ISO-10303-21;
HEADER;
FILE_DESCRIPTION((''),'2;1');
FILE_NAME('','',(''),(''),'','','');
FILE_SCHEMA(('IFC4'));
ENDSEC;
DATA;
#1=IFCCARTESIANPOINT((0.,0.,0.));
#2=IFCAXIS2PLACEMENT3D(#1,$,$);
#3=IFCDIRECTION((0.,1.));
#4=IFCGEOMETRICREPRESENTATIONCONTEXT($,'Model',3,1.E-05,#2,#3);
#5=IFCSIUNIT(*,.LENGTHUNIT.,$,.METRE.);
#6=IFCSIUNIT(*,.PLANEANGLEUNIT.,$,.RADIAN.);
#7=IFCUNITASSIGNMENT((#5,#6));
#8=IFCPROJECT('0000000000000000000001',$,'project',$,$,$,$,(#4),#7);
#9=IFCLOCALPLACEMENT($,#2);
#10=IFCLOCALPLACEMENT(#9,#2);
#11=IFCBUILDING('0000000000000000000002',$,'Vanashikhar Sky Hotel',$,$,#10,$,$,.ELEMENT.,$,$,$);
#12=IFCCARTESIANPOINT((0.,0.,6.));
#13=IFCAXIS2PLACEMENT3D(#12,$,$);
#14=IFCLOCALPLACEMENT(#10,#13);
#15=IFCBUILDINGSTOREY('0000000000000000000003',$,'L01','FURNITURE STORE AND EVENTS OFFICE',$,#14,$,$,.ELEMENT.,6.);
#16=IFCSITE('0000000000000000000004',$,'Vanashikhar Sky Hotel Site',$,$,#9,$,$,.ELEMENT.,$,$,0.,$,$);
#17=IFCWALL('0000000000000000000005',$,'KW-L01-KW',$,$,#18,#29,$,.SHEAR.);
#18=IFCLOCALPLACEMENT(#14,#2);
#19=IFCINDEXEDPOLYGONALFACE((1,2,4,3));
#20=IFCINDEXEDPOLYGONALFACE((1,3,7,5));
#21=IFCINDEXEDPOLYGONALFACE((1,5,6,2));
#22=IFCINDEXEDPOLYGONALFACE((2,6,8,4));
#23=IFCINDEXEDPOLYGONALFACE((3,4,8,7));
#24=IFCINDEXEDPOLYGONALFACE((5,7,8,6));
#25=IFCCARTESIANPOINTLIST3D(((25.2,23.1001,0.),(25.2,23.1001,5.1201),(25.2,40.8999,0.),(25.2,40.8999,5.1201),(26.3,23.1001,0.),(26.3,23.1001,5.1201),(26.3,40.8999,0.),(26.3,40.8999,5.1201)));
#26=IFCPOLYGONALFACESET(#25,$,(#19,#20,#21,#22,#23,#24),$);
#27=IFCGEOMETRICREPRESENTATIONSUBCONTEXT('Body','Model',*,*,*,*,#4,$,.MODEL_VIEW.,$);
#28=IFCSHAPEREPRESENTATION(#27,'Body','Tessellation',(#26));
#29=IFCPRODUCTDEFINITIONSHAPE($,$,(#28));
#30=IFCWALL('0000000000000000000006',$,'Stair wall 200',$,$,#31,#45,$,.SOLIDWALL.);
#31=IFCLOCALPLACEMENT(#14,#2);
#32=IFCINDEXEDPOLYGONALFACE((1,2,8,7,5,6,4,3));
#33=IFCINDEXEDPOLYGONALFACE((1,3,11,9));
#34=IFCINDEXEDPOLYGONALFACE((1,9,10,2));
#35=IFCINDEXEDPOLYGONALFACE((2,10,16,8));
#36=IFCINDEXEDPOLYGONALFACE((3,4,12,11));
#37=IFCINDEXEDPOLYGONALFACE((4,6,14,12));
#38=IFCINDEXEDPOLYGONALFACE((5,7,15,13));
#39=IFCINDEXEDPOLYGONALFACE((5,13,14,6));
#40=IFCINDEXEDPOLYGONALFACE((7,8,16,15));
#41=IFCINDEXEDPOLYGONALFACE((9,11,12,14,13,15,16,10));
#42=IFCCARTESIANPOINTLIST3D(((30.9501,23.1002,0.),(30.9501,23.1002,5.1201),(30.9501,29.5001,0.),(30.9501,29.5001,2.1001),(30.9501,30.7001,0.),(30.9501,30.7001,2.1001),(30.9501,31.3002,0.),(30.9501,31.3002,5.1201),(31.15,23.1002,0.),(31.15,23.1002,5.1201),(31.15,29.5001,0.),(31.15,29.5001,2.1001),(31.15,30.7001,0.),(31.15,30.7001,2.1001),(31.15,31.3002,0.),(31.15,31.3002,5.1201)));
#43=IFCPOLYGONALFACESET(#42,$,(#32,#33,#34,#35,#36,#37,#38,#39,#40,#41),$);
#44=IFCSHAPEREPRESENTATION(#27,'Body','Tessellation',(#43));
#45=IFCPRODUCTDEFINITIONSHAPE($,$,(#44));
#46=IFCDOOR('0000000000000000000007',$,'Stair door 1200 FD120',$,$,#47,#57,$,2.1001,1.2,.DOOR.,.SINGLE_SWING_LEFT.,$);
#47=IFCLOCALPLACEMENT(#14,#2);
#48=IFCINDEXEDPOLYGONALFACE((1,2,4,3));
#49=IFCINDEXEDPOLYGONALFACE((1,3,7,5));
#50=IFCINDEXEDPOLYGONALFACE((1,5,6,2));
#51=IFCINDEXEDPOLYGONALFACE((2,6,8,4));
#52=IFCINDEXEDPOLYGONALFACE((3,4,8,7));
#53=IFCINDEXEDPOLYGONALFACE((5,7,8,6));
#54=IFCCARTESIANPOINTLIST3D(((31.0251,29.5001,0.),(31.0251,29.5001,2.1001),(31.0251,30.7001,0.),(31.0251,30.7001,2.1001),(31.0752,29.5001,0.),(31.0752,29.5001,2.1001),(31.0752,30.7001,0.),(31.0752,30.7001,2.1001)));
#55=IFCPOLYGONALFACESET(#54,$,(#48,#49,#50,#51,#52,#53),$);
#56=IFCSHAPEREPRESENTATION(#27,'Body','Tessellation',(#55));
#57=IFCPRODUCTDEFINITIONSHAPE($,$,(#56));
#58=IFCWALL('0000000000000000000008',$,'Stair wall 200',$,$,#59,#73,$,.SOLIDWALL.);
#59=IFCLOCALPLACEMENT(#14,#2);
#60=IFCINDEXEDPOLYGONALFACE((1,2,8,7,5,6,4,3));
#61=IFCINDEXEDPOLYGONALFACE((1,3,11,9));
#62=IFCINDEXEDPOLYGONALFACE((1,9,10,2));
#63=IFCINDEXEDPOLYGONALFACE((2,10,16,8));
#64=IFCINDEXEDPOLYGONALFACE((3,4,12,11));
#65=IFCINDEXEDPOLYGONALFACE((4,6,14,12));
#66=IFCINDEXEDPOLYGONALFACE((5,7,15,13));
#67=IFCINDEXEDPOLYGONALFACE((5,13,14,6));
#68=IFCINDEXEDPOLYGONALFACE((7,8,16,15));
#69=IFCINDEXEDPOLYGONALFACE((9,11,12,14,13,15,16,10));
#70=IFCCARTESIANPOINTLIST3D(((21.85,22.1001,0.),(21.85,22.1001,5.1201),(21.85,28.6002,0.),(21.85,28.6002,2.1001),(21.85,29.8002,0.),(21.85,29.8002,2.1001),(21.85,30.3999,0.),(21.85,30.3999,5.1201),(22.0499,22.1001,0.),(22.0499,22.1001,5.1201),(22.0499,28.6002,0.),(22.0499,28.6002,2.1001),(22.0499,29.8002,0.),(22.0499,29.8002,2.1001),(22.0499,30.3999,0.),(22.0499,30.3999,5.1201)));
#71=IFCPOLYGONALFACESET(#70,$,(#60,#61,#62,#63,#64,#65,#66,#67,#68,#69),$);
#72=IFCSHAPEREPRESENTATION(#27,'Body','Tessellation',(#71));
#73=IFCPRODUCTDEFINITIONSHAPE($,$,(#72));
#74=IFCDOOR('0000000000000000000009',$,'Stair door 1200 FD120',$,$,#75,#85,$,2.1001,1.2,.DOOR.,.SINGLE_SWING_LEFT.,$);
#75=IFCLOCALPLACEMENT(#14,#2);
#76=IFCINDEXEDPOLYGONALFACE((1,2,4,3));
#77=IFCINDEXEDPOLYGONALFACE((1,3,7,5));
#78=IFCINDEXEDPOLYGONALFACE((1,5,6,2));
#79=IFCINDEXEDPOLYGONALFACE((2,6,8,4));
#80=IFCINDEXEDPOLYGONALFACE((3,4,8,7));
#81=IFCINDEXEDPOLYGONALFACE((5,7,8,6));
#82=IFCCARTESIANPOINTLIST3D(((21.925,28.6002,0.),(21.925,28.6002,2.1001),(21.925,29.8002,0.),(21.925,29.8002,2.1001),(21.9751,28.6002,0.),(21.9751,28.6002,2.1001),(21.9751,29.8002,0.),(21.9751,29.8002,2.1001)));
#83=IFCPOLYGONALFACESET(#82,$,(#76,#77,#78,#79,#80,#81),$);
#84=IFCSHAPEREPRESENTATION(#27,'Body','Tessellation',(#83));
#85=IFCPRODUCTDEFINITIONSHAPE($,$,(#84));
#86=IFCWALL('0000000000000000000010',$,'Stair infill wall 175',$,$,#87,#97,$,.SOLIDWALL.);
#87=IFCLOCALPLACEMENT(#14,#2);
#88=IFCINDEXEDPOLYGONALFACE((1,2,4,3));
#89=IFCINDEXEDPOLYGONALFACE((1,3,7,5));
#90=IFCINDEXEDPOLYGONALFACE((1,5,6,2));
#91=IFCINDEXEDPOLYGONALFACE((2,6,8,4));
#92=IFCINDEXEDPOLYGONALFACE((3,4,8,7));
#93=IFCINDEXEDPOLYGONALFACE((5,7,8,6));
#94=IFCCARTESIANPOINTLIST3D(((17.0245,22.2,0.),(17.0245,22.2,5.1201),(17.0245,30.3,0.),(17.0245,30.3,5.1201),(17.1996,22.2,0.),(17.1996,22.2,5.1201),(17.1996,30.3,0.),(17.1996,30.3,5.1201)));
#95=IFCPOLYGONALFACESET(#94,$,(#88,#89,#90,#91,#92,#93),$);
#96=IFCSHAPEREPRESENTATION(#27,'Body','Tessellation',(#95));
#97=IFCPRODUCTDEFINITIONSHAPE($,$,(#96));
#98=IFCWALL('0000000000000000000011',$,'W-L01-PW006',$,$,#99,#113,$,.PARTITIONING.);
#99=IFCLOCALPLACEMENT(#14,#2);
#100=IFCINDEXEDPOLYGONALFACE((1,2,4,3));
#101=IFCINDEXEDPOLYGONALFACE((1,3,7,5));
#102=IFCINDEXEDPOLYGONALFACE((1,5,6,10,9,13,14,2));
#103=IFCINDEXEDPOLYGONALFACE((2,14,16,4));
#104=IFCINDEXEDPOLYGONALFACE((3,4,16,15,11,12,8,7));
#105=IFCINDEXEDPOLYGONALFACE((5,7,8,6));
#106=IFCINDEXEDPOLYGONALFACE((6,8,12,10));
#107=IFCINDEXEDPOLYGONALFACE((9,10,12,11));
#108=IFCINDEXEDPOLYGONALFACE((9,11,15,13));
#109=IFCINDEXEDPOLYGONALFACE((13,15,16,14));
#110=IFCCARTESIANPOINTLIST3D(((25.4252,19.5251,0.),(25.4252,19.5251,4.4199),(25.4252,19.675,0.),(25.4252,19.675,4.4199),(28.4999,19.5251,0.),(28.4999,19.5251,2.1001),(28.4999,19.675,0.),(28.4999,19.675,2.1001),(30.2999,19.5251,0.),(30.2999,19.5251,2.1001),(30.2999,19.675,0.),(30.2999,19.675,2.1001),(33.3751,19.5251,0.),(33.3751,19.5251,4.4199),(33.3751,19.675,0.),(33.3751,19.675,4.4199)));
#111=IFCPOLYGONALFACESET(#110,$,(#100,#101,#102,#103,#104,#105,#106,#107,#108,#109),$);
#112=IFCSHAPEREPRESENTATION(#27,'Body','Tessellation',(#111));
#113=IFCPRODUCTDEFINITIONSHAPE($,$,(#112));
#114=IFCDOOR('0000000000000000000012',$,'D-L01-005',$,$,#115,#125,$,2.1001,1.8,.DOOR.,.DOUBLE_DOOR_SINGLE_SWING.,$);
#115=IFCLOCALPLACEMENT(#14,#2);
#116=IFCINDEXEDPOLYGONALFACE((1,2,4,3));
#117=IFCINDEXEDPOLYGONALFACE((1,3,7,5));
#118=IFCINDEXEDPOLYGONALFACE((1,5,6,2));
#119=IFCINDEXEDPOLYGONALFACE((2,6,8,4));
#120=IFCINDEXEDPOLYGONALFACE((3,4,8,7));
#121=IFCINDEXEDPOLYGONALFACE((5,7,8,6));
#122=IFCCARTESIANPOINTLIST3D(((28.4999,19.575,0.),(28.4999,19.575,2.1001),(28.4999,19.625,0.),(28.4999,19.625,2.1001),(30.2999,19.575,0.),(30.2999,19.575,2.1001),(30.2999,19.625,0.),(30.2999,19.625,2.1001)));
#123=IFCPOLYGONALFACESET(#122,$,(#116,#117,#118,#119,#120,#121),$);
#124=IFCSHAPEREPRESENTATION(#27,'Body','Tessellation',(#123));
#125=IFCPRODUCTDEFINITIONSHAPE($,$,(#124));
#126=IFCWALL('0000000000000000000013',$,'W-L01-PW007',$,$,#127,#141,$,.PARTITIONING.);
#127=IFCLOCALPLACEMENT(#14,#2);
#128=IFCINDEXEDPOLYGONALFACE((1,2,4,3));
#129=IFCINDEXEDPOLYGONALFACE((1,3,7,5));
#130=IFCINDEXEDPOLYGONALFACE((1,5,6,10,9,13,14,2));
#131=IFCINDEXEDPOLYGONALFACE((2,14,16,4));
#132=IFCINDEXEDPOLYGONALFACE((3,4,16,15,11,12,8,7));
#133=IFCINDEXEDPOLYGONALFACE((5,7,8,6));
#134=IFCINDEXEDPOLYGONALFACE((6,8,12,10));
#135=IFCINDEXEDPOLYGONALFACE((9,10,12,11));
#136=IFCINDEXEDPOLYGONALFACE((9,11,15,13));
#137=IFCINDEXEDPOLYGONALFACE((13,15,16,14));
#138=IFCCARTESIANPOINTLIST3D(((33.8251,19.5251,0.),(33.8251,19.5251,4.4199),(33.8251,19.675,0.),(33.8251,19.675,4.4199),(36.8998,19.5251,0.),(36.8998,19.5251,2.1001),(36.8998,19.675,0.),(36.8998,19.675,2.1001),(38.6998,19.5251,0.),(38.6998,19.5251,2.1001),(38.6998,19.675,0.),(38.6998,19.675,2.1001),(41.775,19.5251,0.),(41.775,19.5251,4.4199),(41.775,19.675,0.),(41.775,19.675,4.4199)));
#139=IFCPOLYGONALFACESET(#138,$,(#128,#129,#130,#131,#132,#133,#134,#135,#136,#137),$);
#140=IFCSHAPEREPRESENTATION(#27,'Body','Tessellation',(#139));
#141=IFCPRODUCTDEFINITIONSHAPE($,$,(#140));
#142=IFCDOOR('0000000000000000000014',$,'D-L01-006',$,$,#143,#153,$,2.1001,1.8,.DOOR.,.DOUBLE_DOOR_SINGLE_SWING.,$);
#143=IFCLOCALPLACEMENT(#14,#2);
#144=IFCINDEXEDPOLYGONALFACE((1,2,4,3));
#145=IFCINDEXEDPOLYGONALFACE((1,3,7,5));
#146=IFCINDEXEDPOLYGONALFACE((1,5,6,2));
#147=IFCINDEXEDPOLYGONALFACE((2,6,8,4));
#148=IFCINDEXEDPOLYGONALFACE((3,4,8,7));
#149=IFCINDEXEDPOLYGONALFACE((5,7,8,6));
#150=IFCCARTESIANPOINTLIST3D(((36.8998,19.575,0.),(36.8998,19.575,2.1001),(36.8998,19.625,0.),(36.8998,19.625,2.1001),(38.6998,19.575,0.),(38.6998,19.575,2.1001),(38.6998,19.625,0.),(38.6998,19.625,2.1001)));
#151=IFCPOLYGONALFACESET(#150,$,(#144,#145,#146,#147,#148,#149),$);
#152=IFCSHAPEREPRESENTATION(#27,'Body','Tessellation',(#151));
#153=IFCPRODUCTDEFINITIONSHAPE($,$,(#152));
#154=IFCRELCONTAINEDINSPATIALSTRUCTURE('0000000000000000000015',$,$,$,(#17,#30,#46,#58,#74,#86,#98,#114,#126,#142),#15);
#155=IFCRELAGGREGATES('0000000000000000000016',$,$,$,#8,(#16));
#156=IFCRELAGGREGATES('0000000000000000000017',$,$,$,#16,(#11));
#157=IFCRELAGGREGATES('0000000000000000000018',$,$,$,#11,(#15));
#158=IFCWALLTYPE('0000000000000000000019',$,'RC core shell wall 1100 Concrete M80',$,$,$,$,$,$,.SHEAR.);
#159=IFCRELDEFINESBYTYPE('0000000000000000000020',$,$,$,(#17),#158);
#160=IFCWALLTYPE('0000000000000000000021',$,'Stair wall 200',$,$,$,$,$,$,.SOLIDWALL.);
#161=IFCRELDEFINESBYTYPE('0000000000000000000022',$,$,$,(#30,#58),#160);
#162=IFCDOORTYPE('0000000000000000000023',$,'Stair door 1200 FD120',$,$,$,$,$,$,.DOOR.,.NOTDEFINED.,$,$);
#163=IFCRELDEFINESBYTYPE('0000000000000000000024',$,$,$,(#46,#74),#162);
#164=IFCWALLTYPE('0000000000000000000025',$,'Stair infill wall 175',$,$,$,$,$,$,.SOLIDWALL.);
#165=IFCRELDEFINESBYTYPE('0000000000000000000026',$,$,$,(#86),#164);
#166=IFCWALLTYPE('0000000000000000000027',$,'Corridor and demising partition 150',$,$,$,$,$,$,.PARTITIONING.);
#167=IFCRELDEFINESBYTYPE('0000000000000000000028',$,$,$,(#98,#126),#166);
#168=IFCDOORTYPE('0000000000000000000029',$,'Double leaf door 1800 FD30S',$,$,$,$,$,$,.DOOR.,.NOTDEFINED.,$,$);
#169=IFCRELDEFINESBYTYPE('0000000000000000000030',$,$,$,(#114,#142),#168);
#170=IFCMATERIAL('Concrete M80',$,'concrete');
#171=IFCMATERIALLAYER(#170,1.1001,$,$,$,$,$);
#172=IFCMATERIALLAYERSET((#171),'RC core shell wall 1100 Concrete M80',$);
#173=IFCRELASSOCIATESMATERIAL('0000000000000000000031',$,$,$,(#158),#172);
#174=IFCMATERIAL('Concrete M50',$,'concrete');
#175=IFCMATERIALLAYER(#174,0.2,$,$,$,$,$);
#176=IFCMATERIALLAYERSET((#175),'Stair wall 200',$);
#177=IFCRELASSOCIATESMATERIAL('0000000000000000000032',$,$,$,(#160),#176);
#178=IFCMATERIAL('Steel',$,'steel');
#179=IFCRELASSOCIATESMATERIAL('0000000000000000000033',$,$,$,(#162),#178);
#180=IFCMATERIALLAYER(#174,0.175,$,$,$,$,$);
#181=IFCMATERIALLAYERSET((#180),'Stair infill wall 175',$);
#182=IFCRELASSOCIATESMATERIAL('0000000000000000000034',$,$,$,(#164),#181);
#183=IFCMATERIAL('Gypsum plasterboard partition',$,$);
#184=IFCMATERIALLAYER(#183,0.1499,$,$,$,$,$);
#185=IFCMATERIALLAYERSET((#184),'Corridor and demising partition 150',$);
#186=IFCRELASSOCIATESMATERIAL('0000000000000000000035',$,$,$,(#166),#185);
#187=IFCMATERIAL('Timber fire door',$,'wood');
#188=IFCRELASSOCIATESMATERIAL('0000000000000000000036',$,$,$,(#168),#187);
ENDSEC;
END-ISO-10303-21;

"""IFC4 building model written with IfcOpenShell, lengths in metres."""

from ifc_helpers import new_model, si_unit, direction, frame, frame_2d, origin, place, context, subcontext, project, spatial, rectangle, extrude, source, transform, mapped, material, layer, layer_set, type_object, element, fill, save


model = new_model("IFC4")

# Units and contexts
model_context = context("Model", 3, precision=1e-05, world=origin(), true_north=direction((0.0, 1.0)))
body_context = subcontext(model_context, "Body", "Model", "MODEL_VIEW")
ifc_project = project(units=[si_unit("LENGTHUNIT", "METRE"), si_unit("PLANEANGLEUNIT", "RADIAN")], contexts=[model_context])

# Site, building, storey
site_placement = place(None, origin())
site = spatial("IfcSite", under=ifc_project, at=site_placement, Name="Vanashikhar Sky Hotel Site", CompositionType="ELEMENT", RefElevation=0.0)
building_placement = place(site_placement, origin())
building = spatial("IfcBuilding", under=site, at=building_placement, Name="Vanashikhar Sky Hotel", CompositionType="ELEMENT")
storey_placement = place(building_placement, frame((0.0, 0.0, 6.0)))
storey = spatial("IfcBuildingStorey", under=building, at=storey_placement, Name="L01", Description="FURNITURE STORE AND EVENTS OFFICE", CompositionType="ELEMENT", Elevation=6.0)

# Shared definitions
ifc_material_1 = material(Name="Concrete M50", Category="concrete")

# Shared definitions
ifc_material_2 = material(Name="Concrete M80", Category="concrete")
ifc_layer_1 = layer(ifc_material_2, 1.1001)
ifc_layer_set_1 = layer_set([ifc_layer_1], Name="RC core shell wall 1100 Concrete M80")
wall_type_1 = type_object("IfcWallType", Name="RC core shell wall 1100 Concrete M80", PredefinedType="SHEAR", material=ifc_layer_set_1)
ifc_material_3 = material(Name="Steel", Category="steel")

# Wall
shared_shape_1 = source(origin(), body_context, "Body", "SweptSolid", [
    extrude(rectangle(XDim=17.7998, YDim=1.1001, at=frame_2d((8.8999, 0.0))), origin(), (0.0, 0.0, 1.0), 5.1201),
])
wall_1_placement = place(storey_placement, frame((25.75, 23.1001, 0.0), z_axis=(0.0, 0.0, 1.0), x_axis=(0.0, 1.0, 0.0)))
element("IfcWall", 1, at=wall_1_placement, inside=storey, type_object=wall_type_1, Name="KW-L01-KW", PredefinedType="SHEAR", context=body_context, shape_type="MappedRepresentation", body=[
    mapped(shared_shape_1, transform((0.0, 0.0, 0.0), scale=1.0)),
])

# Walls, openings, doors
ifc_layer_2 = layer(ifc_material_1, 0.2)
ifc_layer_set_2 = layer_set([ifc_layer_2], Name="Stair wall 200")
wall_type_2 = type_object("IfcWallType", Name="Stair wall 200", PredefinedType="SOLIDWALL", material=ifc_layer_set_2)
shared_shape_2 = source(origin(), body_context, "Body", "SweptSolid", [
    extrude(rectangle(XDim=8.2, YDim=0.2, at=frame_2d((4.1001, 0.0))), origin(), (0.0, 0.0, 1.0), 5.1201),
])
wall_2_placement = place(storey_placement, frame((31.05, 23.1001, 0.0), z_axis=(0.0, 0.0, 1.0), x_axis=(0.0, 1.0, 0.0)))
wall_2 = element("IfcWall", 2, at=wall_2_placement, inside=storey, type_object=wall_type_2, Name="Stair wall 200", PredefinedType="SOLIDWALL", context=body_context, shape_type="MappedRepresentation", body=[
    mapped(shared_shape_2, transform((0.0, 0.0, 0.0), scale=1.0)),
])
shared_shape_3 = source(origin(), body_context, "Body", "SweptSolid", [
    extrude(rectangle(XDim=1.2, YDim=2.1001, at=frame_2d((0.6001, 1.05))), frame((0.0, 0.1099, 0.0), z_axis=(0.0, -1.0, 0.0), x_axis=(1.0, 0.0, 0.0)), (0.0, 0.0, 1.0), 0.22),
])
opening_1_placement = place(wall_2_placement, frame((6.3999, 0.0, 0.0)))
opening_1 = element("IfcOpeningElement", 3, at=opening_1_placement, cuts=wall_2, PredefinedType="OPENING", context=body_context, shape_type="MappedRepresentation", body=[
    mapped(shared_shape_3, transform((0.0, 0.0, 0.0), scale=1.0)),
])
door_type_1 = type_object("IfcDoorType", Name="Stair door 1200 FD120", OperationType="NOTDEFINED", PredefinedType="DOOR", material=ifc_material_3)
shared_shape_4 = source(origin(), body_context, "Body", "SweptSolid", [
    extrude(rectangle(XDim=1.2, YDim=2.1001, at=frame_2d((0.6001, 1.05))), frame((0.0, 0.0249, 0.0), z_axis=(0.0, -1.0, 0.0), x_axis=(1.0, 0.0, 0.0)), (0.0, 0.0, 1.0), 0.05),
])
door_1_placement = place(opening_1_placement, origin())
door_1 = element("IfcDoor", 4, at=door_1_placement, inside=storey, type_object=door_type_1, Name="Stair door 1200 FD120", OperationType="SINGLE_SWING_LEFT", OverallHeight=2.1001, OverallWidth=1.2, PredefinedType="DOOR", context=body_context, shape_type="MappedRepresentation", body=[
    mapped(shared_shape_4, transform((0.0, 0.0, 0.0), scale=1.0)),
])
fill(opening_1, door_1)
shared_shape_5 = source(origin(), body_context, "Body", "SweptSolid", [
    extrude(rectangle(XDim=8.2998, YDim=0.2, at=frame_2d((4.1499, 0.0))), origin(), (0.0, 0.0, 1.0), 5.1201),
])
wall_3_placement = place(storey_placement, frame((21.95, 22.1001, 0.0), z_axis=(0.0, 0.0, 1.0), x_axis=(0.0, 1.0, 0.0)))
wall_3 = element("IfcWall", 5, at=wall_3_placement, inside=storey, type_object=wall_type_2, Name="Stair wall 200", PredefinedType="SOLIDWALL", context=body_context, shape_type="MappedRepresentation", body=[
    mapped(shared_shape_5, transform((0.0, 0.0, 0.0), scale=1.0)),
])
opening_2_placement = place(wall_3_placement, frame((6.5, 0.0, 0.0)))
opening_2 = element("IfcOpeningElement", 6, at=opening_2_placement, cuts=wall_3, PredefinedType="OPENING", context=body_context, shape_type="MappedRepresentation", body=[
    mapped(shared_shape_3, transform((0.0, 0.0, 0.0), scale=1.0)),
])
door_2_placement = place(opening_2_placement, origin())
door_2 = element("IfcDoor", 7, at=door_2_placement, inside=storey, type_object=door_type_1, Name="Stair door 1200 FD120", OperationType="SINGLE_SWING_LEFT", OverallHeight=2.1001, OverallWidth=1.2, PredefinedType="DOOR", context=body_context, shape_type="MappedRepresentation", body=[
    mapped(shared_shape_4, transform((0.0, 0.0, 0.0), scale=1.0)),
])
fill(opening_2, door_2)

# Wall
ifc_layer_3 = layer(ifc_material_1, 0.175)
ifc_layer_set_3 = layer_set([ifc_layer_3], Name="Stair infill wall 175")
wall_type_3 = type_object("IfcWallType", Name="Stair infill wall 175", PredefinedType="SOLIDWALL", material=ifc_layer_set_3)
shared_shape_6 = source(origin(), body_context, "Body", "SweptSolid", [
    extrude(rectangle(XDim=8.1001, YDim=0.175, at=frame_2d((4.05, 0.0))), origin(), (0.0, 0.0, 1.0), 5.1201),
])
wall_4_placement = place(storey_placement, frame((17.1121, 22.2, 0.0), z_axis=(0.0, 0.0, 1.0), x_axis=(0.0, 1.0, 0.0)))
element("IfcWall", 8, at=wall_4_placement, inside=storey, type_object=wall_type_3, Name="Stair infill wall 175", PredefinedType="SOLIDWALL", context=body_context, shape_type="MappedRepresentation", body=[
    mapped(shared_shape_6, transform((0.0, 0.0, 0.0), scale=1.0)),
])

# Walls, openings, doors
ifc_material_4 = material(Name="Gypsum plasterboard partition")
ifc_layer_4 = layer(ifc_material_4, 0.1499)
ifc_layer_set_4 = layer_set([ifc_layer_4], Name="Corridor and demising partition 150")
wall_type_4 = type_object("IfcWallType", Name="Corridor and demising partition 150", PredefinedType="PARTITIONING", material=ifc_layer_set_4)
shared_shape_7 = source(origin(), body_context, "Body", "SweptSolid", [
    extrude(rectangle(XDim=7.95, YDim=0.1499, at=frame_2d((3.9751, 0.0))), origin(), (0.0, 0.0, 1.0), 4.4199),
])
wall_5_placement = place(storey_placement, frame((25.425, 19.6001, 0.0), z_axis=(0.0, 0.0, 1.0), x_axis=(1.0, 0.0, 0.0)))
wall_5 = element("IfcWall", 9, at=wall_5_placement, inside=storey, type_object=wall_type_4, Name="W-L01-PW006", PredefinedType="PARTITIONING", context=body_context, shape_type="MappedRepresentation", body=[
    mapped(shared_shape_7, transform((0.0, 0.0, 0.0), scale=1.0)),
])
shared_shape_8 = source(origin(), body_context, "Body", "SweptSolid", [
    extrude(rectangle(XDim=1.8, YDim=2.1001, at=frame_2d((0.8999, 1.05))), frame((0.0, 0.085, 0.0), z_axis=(0.0, -1.0, 0.0), x_axis=(1.0, 0.0, 0.0)), (0.0, 0.0, 1.0), 0.1699),
])
opening_3_placement = place(wall_5_placement, frame((3.075, 0.0, 0.0)))
opening_3 = element("IfcOpeningElement", 10, at=opening_3_placement, cuts=wall_5, PredefinedType="OPENING", context=body_context, shape_type="MappedRepresentation", body=[
    mapped(shared_shape_8, transform((0.0, 0.0, 0.0), scale=1.0)),
])
ifc_material_5 = material(Name="Timber fire door", Category="wood")
door_type_2 = type_object("IfcDoorType", Name="Double leaf door 1800 FD30S", OperationType="NOTDEFINED", PredefinedType="DOOR", material=ifc_material_5)
shared_shape_9 = source(origin(), body_context, "Body", "SweptSolid", [
    extrude(rectangle(XDim=1.8, YDim=2.1001, at=frame_2d((0.8999, 1.05))), frame((0.0, 0.0249, 0.0), z_axis=(0.0, -1.0, 0.0), x_axis=(1.0, 0.0, 0.0)), (0.0, 0.0, 1.0), 0.05),
])
door_3_placement = place(opening_3_placement, origin())
door_3 = element("IfcDoor", 11, at=door_3_placement, inside=storey, type_object=door_type_2, Name="D-L01-005", OperationType="DOUBLE_DOOR_SINGLE_SWING", OverallHeight=2.1001, OverallWidth=1.8, PredefinedType="DOOR", context=body_context, shape_type="MappedRepresentation", body=[
    mapped(shared_shape_9, transform((0.0, 0.0, 0.0), scale=1.0)),
])
fill(opening_3, door_3)
wall_6_placement = place(storey_placement, frame((33.825, 19.6001, 0.0), z_axis=(0.0, 0.0, 1.0), x_axis=(1.0, 0.0, 0.0)))
wall_6 = element("IfcWall", 12, at=wall_6_placement, inside=storey, type_object=wall_type_4, Name="W-L01-PW007", PredefinedType="PARTITIONING", context=body_context, shape_type="MappedRepresentation", body=[
    mapped(shared_shape_7, transform((0.0, 0.0, 0.0), scale=1.0)),
])
opening_4_placement = place(wall_6_placement, frame((3.075, 0.0, 0.0)))
opening_4 = element("IfcOpeningElement", 13, at=opening_4_placement, cuts=wall_6, PredefinedType="OPENING", context=body_context, shape_type="MappedRepresentation", body=[
    mapped(shared_shape_8, transform((0.0, 0.0, 0.0), scale=1.0)),
])
door_4_placement = place(opening_4_placement, origin())
door_4 = element("IfcDoor", 14, at=door_4_placement, inside=storey, type_object=door_type_2, Name="D-L01-006", OperationType="DOUBLE_DOOR_SINGLE_SWING", OverallHeight=2.1001, OverallWidth=1.8, PredefinedType="DOOR", context=body_context, shape_type="MappedRepresentation", body=[
    mapped(shared_shape_9, transform((0.0, 0.0, 0.0), scale=1.0)),
])
fill(opening_4, door_4)

save(model, "model.ifc")
